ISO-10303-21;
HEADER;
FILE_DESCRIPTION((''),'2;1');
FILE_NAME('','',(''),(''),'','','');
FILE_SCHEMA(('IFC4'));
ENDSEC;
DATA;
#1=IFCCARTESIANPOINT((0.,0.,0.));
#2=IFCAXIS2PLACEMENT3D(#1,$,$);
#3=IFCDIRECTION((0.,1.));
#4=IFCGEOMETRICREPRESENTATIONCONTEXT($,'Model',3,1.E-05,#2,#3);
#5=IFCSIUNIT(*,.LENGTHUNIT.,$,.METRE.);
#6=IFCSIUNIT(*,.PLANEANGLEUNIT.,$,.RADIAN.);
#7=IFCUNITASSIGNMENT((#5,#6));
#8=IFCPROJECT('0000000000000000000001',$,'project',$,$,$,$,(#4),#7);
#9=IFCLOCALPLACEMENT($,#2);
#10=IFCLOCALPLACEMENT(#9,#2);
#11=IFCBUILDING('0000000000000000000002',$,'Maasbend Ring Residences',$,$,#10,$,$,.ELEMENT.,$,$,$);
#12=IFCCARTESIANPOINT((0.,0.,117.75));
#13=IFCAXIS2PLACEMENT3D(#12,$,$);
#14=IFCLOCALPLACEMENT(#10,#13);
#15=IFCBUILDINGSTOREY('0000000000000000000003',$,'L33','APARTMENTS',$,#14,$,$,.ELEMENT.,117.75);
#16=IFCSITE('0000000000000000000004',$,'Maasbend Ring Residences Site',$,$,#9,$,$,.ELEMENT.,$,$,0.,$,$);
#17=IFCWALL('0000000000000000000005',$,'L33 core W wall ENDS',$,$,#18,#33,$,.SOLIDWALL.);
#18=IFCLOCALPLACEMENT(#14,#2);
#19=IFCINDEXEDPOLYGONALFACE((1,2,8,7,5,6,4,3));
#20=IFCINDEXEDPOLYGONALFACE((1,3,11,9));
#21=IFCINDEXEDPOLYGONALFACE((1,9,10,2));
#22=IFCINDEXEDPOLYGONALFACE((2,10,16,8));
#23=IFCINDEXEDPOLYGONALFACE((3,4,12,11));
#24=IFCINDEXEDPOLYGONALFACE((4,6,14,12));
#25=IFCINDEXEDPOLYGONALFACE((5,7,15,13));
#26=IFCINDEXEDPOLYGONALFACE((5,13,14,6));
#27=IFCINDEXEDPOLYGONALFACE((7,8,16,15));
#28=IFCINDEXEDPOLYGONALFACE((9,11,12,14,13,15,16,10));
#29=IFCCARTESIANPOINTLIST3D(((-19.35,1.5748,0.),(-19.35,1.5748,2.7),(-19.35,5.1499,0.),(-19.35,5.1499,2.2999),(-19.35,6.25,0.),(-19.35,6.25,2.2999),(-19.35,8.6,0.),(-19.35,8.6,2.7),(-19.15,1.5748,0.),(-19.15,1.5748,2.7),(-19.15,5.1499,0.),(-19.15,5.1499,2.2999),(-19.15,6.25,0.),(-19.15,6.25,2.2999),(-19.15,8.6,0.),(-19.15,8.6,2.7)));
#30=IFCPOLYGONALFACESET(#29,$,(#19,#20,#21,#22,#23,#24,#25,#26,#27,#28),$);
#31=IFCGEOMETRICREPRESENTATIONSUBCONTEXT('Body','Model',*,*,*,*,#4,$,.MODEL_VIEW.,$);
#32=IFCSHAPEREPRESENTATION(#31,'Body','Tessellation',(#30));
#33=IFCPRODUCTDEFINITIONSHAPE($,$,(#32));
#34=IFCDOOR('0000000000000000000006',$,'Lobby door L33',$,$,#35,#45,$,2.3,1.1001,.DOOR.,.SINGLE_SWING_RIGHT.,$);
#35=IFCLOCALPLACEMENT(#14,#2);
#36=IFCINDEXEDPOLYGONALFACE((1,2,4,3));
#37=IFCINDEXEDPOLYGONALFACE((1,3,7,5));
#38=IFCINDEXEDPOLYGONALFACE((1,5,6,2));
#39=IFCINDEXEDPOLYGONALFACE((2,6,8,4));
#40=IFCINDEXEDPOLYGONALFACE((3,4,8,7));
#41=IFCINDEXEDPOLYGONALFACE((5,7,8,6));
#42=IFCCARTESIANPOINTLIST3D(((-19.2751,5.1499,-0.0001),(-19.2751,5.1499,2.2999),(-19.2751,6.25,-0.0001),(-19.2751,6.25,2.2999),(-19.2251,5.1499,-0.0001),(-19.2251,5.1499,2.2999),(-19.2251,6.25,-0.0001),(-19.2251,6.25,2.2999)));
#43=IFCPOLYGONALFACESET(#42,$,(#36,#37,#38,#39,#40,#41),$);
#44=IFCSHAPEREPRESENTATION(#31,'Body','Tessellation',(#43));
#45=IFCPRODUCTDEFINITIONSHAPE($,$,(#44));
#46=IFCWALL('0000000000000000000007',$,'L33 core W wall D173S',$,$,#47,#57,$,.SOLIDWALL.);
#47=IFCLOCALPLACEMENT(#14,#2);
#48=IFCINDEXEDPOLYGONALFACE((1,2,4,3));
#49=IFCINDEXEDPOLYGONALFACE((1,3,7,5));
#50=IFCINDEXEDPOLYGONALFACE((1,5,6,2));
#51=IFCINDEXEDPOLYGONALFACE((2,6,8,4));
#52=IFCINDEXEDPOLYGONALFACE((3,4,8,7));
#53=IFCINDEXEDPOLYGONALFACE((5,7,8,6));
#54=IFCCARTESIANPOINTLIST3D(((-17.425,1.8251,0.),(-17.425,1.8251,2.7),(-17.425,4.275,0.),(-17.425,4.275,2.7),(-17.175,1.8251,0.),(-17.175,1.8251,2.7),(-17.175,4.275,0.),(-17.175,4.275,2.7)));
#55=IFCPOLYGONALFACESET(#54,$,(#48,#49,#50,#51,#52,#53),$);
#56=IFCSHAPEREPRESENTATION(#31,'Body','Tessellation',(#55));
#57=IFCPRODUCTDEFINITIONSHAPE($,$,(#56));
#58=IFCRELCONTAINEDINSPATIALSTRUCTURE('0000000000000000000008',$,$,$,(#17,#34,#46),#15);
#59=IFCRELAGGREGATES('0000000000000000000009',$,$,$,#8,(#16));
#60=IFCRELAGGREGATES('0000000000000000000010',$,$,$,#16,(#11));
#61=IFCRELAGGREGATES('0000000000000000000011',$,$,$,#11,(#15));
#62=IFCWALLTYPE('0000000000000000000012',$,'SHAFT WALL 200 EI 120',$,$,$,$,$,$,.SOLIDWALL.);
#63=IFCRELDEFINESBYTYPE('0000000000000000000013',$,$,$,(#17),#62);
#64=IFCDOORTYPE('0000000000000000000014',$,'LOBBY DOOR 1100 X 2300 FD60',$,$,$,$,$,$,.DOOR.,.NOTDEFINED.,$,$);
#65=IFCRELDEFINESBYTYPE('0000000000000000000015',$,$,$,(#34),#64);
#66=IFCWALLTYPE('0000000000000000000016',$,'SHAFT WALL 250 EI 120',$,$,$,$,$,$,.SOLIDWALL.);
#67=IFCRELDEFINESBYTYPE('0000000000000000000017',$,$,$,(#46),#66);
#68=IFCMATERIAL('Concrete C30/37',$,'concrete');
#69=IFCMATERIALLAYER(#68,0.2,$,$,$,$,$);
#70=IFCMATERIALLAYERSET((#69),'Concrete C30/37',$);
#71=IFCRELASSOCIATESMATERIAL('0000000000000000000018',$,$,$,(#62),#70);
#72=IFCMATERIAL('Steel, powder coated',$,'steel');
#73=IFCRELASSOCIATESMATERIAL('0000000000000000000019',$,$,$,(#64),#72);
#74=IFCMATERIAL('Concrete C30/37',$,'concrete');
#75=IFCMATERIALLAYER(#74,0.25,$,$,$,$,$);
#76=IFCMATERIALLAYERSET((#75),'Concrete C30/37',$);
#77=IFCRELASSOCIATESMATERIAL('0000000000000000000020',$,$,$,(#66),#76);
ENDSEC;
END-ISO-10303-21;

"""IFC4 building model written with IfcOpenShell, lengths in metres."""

from ifc_helpers import new_model, si_unit, direction, frame, frame_2d, origin, place, context, subcontext, project, spatial, rectangle, extrude, material, layer, layer_set, type_object, element, fill, save


model = new_model("IFC4")

# Units and contexts
model_context = context("Model", 3, precision=1e-05, world=origin(), true_north=direction((0.0, 1.0)))
body_context = subcontext(model_context, "Body", "Model", "MODEL_VIEW")
ifc_project = project(units=[si_unit("LENGTHUNIT", "METRE"), si_unit("PLANEANGLEUNIT", "RADIAN")], contexts=[model_context])

# Site, building, storey
site_placement = place(None, origin())
site = spatial("IfcSite", under=ifc_project, at=site_placement, Name="Maasbend Ring Residences Site", CompositionType="ELEMENT", RefElevation=0.0)
building_placement = place(site_placement, origin())
building = spatial("IfcBuilding", under=site, at=building_placement, Name="Maasbend Ring Residences", CompositionType="ELEMENT")
storey_placement = place(building_placement, frame((0.0, 0.0, 117.75)))
storey = spatial("IfcBuildingStorey", under=building, at=storey_placement, Name="L33", Description="APARTMENTS", CompositionType="ELEMENT", Elevation=117.75)

# Wall, opening, door
ifc_material_1 = material(Name="Concrete C30/37", Category="concrete")
ifc_layer_1 = layer(ifc_material_1, 0.2)
ifc_layer_set_1 = layer_set([ifc_layer_1], Name="Concrete C30/37")
wall_type_1 = type_object("IfcWallType", Name="SHAFT WALL 200 EI 120", PredefinedType="SOLIDWALL", material=ifc_layer_set_1)
wall_1_placement = place(storey_placement, frame((-19.25, 8.6001, 0.0), z_axis=(0.0, 0.0, 1.0), x_axis=(0.0, -1.0, 0.0)))
wall_1 = element("IfcWall", 1, at=wall_1_placement, inside=storey, type_object=wall_type_1, Name="L33 core W wall ENDS", PredefinedType="SOLIDWALL", context=body_context, shape_type="SweptSolid", body=[
    extrude(rectangle(XDim=7.0251, YDim=0.2, at=frame_2d((3.5127, 0.0))), origin(), (0.0, 0.0, 1.0), 2.7),
])
opening_1_placement = place(wall_1_placement, frame((2.3501, 0.0, 0.0)))
opening_1 = element("IfcOpeningElement", 2, at=opening_1_placement, cuts=wall_1, PredefinedType="OPENING", context=body_context, shape_type="SweptSolid", body=[
    extrude(rectangle(XDim=1.1001, YDim=2.3, at=frame_2d((0.55, 1.1499))), frame((0.0, 0.1099, 0.0), z_axis=(0.0, -1.0, 0.0), x_axis=(1.0, 0.0, 0.0)), (0.0, 0.0, 1.0), 0.22),
])
ifc_material_2 = material(Name="Steel, powder coated", Category="steel")
door_type_1 = type_object("IfcDoorType", Name="LOBBY DOOR 1100 X 2300 FD60", OperationType="NOTDEFINED", PredefinedType="DOOR", material=ifc_material_2)
door_1_placement = place(opening_1_placement, origin())
door_1 = element("IfcDoor", 3, at=door_1_placement, inside=storey, type_object=door_type_1, Name="Lobby door L33", OperationType="SINGLE_SWING_RIGHT", OverallHeight=2.3, OverallWidth=1.1001, PredefinedType="DOOR", context=body_context, shape_type="SweptSolid", body=[
    extrude(rectangle(XDim=1.1001, YDim=2.3, at=frame_2d((0.55, 1.1499))), frame((0.0, 0.0249, 0.0), z_axis=(0.0, -1.0, 0.0), x_axis=(1.0, 0.0, 0.0)), (0.0, 0.0, 1.0), 0.05),
])
fill(opening_1, door_1)

# Wall
ifc_material_3 = material(Name="Concrete C30/37", Category="concrete")
ifc_layer_2 = layer(ifc_material_3, 0.25)
ifc_layer_set_2 = layer_set([ifc_layer_2], Name="Concrete C30/37")
wall_type_2 = type_object("IfcWallType", Name="SHAFT WALL 250 EI 120", PredefinedType="SOLIDWALL", material=ifc_layer_set_2)
wall_2_placement = place(storey_placement, frame((-17.3, 1.825, 0.0), z_axis=(0.0, 0.0, 1.0), x_axis=(0.0, 1.0, 0.0)))
element("IfcWall", 4, at=wall_2_placement, inside=storey, type_object=wall_type_2, Name="L33 core W wall D173S", PredefinedType="SOLIDWALL", context=body_context, shape_type="SweptSolid", body=[
    extrude(rectangle(XDim=2.45, YDim=0.25, at=frame_2d((1.2251, 0.0))), origin(), (0.0, 0.0, 1.0), 2.7),
])

save(model, "model.ifc")
